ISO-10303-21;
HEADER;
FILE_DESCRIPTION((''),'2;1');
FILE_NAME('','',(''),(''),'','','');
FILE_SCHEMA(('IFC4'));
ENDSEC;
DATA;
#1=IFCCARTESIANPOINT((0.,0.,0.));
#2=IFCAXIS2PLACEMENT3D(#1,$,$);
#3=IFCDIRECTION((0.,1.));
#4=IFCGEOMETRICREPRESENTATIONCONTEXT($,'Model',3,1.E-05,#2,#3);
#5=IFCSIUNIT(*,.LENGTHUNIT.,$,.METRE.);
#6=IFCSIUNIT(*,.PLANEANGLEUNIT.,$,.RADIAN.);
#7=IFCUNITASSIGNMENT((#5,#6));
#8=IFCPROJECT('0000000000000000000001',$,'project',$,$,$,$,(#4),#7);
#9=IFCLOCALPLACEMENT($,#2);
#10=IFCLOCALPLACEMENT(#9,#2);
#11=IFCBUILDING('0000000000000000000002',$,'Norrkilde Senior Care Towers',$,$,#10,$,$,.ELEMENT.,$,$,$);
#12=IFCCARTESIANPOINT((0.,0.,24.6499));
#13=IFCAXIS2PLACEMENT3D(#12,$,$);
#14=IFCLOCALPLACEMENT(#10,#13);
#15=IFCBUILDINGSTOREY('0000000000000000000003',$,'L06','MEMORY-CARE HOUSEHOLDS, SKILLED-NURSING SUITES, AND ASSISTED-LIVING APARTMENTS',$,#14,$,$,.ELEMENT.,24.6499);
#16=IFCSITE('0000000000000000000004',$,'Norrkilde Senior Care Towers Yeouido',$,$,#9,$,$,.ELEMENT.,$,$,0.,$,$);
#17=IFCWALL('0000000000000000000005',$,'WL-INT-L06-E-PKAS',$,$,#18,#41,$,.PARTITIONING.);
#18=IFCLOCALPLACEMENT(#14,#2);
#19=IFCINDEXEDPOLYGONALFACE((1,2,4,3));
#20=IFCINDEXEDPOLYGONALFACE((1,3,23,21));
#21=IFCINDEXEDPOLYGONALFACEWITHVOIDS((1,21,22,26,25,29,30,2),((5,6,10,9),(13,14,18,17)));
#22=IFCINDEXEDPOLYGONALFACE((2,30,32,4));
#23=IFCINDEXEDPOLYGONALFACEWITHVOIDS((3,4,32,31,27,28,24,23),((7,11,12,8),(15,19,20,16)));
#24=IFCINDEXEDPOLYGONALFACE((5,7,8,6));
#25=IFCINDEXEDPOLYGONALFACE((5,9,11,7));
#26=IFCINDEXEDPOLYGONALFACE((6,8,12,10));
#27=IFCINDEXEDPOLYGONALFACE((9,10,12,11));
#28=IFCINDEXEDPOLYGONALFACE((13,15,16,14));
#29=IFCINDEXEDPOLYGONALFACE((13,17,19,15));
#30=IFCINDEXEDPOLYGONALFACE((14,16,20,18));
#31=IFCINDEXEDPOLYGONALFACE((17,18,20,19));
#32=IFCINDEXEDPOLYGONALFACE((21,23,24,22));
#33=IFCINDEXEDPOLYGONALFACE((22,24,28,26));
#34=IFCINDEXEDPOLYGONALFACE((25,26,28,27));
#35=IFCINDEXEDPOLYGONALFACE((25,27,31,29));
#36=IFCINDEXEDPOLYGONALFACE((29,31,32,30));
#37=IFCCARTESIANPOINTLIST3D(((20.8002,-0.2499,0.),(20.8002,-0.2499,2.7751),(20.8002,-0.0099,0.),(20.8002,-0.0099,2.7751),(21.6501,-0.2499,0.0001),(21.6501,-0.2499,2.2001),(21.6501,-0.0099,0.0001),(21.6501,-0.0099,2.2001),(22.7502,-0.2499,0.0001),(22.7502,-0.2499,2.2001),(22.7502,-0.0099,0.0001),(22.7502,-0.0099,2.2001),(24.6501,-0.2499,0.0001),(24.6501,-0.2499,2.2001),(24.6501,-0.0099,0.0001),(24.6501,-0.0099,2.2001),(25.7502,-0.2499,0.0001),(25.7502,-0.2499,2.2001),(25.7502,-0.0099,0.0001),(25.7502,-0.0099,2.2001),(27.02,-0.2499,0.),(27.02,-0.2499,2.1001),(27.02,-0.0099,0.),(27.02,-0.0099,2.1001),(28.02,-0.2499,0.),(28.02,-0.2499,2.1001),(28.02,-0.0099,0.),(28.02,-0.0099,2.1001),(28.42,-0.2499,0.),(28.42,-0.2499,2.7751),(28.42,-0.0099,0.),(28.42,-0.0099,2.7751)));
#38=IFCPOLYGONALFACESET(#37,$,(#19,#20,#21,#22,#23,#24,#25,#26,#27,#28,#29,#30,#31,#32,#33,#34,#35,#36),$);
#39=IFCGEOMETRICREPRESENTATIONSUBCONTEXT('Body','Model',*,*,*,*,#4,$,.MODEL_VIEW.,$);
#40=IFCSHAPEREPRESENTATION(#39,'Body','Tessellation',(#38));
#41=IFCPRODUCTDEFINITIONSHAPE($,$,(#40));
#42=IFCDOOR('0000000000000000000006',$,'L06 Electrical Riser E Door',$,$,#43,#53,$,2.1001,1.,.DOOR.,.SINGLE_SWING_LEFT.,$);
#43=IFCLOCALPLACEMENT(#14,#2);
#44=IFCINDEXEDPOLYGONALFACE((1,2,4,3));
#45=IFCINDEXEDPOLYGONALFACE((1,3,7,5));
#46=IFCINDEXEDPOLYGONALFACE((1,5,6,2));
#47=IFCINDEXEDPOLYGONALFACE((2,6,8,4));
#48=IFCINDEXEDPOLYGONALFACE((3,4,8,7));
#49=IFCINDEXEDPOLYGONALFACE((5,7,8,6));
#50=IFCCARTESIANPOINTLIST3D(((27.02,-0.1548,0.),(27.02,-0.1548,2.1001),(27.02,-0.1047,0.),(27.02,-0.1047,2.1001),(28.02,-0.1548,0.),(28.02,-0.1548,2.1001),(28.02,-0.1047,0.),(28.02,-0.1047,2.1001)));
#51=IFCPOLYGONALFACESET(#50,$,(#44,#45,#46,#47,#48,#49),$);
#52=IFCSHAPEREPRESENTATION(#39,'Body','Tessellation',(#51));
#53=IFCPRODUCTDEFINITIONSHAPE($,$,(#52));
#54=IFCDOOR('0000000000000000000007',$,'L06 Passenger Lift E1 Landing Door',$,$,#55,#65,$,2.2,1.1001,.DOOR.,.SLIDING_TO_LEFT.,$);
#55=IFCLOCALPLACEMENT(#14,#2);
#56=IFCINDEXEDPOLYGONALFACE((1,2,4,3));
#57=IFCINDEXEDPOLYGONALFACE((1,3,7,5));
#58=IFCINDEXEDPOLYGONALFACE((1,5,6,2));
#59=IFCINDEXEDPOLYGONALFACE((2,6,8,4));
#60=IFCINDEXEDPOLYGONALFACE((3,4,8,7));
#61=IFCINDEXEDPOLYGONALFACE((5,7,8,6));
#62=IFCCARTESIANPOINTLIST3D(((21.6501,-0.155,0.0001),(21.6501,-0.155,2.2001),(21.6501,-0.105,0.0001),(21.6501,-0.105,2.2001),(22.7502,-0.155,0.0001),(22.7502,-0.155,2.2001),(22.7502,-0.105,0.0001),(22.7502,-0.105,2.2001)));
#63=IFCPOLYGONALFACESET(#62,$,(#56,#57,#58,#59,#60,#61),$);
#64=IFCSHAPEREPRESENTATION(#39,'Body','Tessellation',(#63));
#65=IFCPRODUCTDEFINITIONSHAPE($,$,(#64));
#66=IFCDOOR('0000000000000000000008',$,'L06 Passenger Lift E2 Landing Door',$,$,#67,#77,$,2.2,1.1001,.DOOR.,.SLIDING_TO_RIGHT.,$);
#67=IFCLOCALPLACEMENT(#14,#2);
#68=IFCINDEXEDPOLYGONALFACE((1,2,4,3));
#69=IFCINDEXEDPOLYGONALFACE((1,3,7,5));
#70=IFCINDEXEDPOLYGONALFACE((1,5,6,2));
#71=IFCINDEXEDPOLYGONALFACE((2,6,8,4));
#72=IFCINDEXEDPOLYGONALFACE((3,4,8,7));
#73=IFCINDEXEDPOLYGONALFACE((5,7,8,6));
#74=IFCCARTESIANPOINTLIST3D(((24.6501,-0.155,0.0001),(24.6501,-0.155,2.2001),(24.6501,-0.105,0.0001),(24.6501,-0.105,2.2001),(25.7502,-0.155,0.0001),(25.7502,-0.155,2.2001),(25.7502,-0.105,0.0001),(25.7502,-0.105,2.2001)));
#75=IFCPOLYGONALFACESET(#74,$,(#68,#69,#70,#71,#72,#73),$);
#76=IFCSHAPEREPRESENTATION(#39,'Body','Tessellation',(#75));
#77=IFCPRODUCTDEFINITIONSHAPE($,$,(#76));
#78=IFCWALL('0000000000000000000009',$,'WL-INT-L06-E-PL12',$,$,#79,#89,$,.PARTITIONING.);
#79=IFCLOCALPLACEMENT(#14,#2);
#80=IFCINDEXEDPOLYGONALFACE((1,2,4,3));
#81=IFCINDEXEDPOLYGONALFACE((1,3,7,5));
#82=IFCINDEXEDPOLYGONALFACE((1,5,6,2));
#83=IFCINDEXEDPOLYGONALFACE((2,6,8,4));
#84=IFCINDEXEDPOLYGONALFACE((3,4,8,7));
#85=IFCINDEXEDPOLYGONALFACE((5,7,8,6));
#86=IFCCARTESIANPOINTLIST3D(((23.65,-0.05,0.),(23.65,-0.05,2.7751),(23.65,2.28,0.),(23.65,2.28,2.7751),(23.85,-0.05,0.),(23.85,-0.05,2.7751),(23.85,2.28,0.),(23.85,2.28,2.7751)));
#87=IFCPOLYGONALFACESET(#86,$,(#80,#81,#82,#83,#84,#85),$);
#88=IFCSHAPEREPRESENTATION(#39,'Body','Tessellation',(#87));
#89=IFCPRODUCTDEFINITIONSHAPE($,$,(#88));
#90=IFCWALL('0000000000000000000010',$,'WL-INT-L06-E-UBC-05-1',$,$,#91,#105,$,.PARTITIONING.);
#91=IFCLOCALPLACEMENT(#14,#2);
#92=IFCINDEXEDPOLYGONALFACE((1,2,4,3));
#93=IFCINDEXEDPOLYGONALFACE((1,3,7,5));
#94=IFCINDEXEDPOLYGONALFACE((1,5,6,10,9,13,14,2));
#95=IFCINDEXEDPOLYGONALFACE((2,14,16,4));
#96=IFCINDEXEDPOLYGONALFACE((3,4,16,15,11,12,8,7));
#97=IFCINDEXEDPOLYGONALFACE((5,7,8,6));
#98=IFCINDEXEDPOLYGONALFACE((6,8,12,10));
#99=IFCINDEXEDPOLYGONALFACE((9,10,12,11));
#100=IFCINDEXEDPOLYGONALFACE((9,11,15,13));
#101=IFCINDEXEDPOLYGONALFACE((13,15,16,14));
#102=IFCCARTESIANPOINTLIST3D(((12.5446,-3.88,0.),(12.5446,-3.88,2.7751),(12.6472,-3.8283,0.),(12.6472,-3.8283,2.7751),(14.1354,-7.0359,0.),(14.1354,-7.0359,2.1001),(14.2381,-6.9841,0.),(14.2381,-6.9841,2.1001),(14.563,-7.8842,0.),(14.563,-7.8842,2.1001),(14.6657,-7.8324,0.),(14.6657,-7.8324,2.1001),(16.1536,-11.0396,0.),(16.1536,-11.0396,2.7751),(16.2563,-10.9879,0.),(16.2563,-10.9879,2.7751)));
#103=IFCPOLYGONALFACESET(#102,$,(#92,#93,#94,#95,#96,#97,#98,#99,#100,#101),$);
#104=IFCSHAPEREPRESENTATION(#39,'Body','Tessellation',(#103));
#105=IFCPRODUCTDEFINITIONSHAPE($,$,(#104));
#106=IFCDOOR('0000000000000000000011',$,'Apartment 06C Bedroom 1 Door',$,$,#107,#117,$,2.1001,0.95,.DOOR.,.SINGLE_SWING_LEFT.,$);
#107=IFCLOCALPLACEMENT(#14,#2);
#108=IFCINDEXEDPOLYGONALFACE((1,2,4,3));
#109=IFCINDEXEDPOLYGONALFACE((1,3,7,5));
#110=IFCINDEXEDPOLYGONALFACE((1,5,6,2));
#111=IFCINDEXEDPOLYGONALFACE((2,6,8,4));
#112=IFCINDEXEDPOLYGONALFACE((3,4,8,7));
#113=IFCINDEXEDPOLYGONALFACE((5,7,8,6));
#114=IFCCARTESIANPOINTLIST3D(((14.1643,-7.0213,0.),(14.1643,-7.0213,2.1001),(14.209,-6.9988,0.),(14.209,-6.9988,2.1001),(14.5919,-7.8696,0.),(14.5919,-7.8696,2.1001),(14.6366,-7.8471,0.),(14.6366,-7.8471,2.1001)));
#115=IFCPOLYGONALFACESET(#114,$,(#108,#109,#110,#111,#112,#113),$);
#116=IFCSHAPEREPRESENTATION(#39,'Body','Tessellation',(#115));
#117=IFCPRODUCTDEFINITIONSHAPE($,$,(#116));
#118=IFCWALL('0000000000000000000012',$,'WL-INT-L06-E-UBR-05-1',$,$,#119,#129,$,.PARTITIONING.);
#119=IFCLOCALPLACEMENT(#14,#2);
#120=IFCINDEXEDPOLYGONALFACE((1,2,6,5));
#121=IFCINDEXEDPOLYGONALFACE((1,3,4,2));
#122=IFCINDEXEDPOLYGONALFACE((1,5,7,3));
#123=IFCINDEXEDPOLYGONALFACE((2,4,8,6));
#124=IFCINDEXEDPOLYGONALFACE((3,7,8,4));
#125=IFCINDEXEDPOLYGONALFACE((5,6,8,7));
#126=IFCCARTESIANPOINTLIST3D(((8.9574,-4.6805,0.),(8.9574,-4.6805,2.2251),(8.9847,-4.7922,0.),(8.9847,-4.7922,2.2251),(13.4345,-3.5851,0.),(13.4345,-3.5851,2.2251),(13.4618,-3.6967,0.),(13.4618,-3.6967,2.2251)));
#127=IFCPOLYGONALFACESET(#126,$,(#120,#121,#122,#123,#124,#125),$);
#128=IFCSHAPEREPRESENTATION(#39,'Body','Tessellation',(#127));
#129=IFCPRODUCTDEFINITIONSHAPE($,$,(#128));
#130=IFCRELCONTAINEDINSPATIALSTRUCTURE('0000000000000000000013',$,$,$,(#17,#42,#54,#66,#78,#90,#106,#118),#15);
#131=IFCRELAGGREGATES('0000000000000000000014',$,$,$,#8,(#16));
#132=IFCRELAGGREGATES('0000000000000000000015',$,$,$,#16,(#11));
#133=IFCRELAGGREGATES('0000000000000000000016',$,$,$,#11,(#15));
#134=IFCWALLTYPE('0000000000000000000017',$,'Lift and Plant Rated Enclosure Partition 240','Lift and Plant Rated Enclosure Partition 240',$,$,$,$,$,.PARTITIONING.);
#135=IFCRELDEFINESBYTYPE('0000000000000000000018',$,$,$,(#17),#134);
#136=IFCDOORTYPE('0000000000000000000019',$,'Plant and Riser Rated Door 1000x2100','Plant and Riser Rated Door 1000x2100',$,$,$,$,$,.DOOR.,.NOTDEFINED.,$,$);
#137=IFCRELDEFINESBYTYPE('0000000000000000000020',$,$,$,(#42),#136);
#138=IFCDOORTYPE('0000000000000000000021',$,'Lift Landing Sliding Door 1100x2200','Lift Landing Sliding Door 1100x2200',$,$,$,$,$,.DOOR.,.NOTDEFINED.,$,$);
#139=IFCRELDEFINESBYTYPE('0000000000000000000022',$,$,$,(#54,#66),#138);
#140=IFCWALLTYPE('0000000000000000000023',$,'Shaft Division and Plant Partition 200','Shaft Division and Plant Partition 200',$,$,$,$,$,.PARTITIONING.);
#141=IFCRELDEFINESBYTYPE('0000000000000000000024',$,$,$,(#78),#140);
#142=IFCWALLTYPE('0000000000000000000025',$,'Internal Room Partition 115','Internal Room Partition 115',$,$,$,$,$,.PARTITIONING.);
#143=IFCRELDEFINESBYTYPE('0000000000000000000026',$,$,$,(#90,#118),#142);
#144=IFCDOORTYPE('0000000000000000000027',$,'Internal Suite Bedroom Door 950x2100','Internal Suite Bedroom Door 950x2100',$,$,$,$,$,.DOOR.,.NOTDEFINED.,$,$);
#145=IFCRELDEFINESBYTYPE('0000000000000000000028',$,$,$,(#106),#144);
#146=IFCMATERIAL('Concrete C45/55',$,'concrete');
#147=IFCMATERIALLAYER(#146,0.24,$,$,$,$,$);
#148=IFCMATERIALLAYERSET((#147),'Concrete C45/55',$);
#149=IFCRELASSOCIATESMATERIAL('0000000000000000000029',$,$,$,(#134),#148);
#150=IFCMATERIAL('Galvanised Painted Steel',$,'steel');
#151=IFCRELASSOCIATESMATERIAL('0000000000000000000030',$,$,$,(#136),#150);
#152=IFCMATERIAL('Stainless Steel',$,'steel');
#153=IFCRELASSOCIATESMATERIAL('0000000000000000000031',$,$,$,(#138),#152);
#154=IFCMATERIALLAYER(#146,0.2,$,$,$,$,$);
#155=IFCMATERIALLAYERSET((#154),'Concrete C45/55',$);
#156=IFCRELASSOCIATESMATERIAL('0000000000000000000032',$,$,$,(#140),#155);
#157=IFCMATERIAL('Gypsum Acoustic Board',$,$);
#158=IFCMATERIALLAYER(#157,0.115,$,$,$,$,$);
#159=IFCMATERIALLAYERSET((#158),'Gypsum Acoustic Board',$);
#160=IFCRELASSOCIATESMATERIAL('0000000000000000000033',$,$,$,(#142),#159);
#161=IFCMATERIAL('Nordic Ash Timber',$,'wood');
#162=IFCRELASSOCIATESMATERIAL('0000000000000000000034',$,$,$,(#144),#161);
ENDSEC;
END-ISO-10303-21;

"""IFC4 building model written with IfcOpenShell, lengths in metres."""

from ifc_helpers import new_model, si_unit, direction, frame, frame_2d, origin, place, context, subcontext, project, spatial, rectangle, extrude, source, transform, mapped, material, layer, layer_set, type_object, type_shapes, element, fill, save


model = new_model("IFC4")

# Units and contexts
model_context = context("Model", 3, precision=1e-05, world=origin(), true_north=direction((0.0, 1.0)))
body_context = subcontext(model_context, "Body", "Model", "MODEL_VIEW")
ifc_project = project(units=[si_unit("LENGTHUNIT", "METRE"), si_unit("PLANEANGLEUNIT", "RADIAN")], contexts=[model_context])

# Site, building, storey
site_placement = place(None, origin())
site = spatial("IfcSite", under=ifc_project, at=site_placement, Name="Norrkilde Senior Care Towers Yeouido", CompositionType="ELEMENT", RefElevation=0.0)
building_placement = place(site_placement, origin())
building = spatial("IfcBuilding", under=site, at=building_placement, Name="Norrkilde Senior Care Towers", CompositionType="ELEMENT")
storey_placement = place(building_placement, frame((0.0, 0.0, 24.6499)))
storey = spatial("IfcBuildingStorey", under=building, at=storey_placement, Name="L06", Description="MEMORY-CARE HOUSEHOLDS, SKILLED-NURSING SUITES, AND ASSISTED-LIVING APARTMENTS", CompositionType="ELEMENT", Elevation=24.6499)

# Shared definitions
ifc_material_1 = material(Name="Galvanised Painted Steel", Category="steel")
ifc_material_2 = material(Name="Concrete C45/55", Category="concrete")

# Wall, openings, doors
ifc_layer_1 = layer(ifc_material_2, 0.24)
ifc_layer_set_1 = layer_set([ifc_layer_1], Name="Concrete C45/55")
wall_type_1 = type_object("IfcWallType", Name="Lift and Plant Rated Enclosure Partition 240", Description="Lift and Plant Rated Enclosure Partition 240", PredefinedType="PARTITIONING", material=ifc_layer_set_1)
shared_shape_1 = source(origin(), body_context, "Body", "SweptSolid", [
    extrude(rectangle(XDim=7.6199, YDim=0.24, at=frame_2d((3.8101, 0.0))), origin(), (0.0, 0.0, 1.0), 2.7751),
])
type_shapes(wall_type_1, [shared_shape_1])
wall_1_placement = place(storey_placement, frame((20.8, -0.1299, 0.0), z_axis=(0.0, 0.0, 1.0), x_axis=(1.0, 0.0, 0.0)))
wall_1 = element("IfcWall", 1, at=wall_1_placement, inside=storey, type_object=wall_type_1, Name="WL-INT-L06-E-PKAS", PredefinedType="PARTITIONING", context=body_context, shape_type="MappedRepresentation", body=[
    mapped(shared_shape_1, transform((0.0, 0.0, 0.0), x_axis=(1.0, 0.0, 0.0), y_axis=(0.0, 1.0, 0.0), z_axis=(0.0, 0.0, 1.0), scale=1.0)),
])
opening_1_placement = place(wall_1_placement, frame((6.22, 0.0, 0.0)))
opening_1 = element("IfcOpeningElement", 2, at=opening_1_placement, cuts=wall_1, PredefinedType="OPENING", context=body_context, shape_type="SweptSolid", body=[
    extrude(rectangle(XDim=1.0, YDim=2.1001, at=frame_2d((0.5, 1.05))), frame((0.0, 0.1299, 0.0), z_axis=(0.0, -1.0, 0.0), x_axis=(1.0, 0.0, 0.0)), (0.0, 0.0, 1.0), 0.26),
])
opening_2_placement = place(wall_1_placement, frame((0.8501, 0.0, 0.0)))
opening_2 = element("IfcOpeningElement", 3, at=opening_2_placement, cuts=wall_1, PredefinedType="OPENING", context=body_context, shape_type="SweptSolid", body=[
    extrude(rectangle(XDim=1.1001, YDim=2.2, at=frame_2d((0.55, 1.1001))), frame((0.0, 0.1299, 0.0), z_axis=(0.0, -1.0, 0.0), x_axis=(1.0, 0.0, 0.0)), (0.0, 0.0, 1.0), 0.26),
])
opening_3_placement = place(wall_1_placement, frame((3.8501, 0.0, 0.0)))
opening_3 = element("IfcOpeningElement", 4, at=opening_3_placement, cuts=wall_1, PredefinedType="OPENING", context=body_context, shape_type="SweptSolid", body=[
    extrude(rectangle(XDim=1.1001, YDim=2.2, at=frame_2d((0.55, 1.1001))), frame((0.0, 0.1299, 0.0), z_axis=(0.0, -1.0, 0.0), x_axis=(1.0, 0.0, 0.0)), (0.0, 0.0, 1.0), 0.26),
])
door_type_1 = type_object("IfcDoorType", Name="Plant and Riser Rated Door 1000x2100", Description="Plant and Riser Rated Door 1000x2100", OperationType="NOTDEFINED", PredefinedType="DOOR", material=ifc_material_1)
shared_shape_2 = source(origin(), body_context, "Body", "SweptSolid", [
    extrude(rectangle(XDim=1.0, YDim=2.1001, at=frame_2d((0.5, 1.05))), frame((0.0, 0.0249, 0.0), z_axis=(0.0, -1.0, 0.0), x_axis=(1.0, 0.0, 0.0)), (0.0, 0.0, 1.0), 0.05),
])
type_shapes(door_type_1, [shared_shape_2])
door_1_placement = place(opening_1_placement, frame((1.0, 0.0, 0.0), z_axis=(0.0, 0.0, 1.0), x_axis=(-1.0, 0.0, 0.0)))
door_1 = element("IfcDoor", 5, at=door_1_placement, inside=storey, type_object=door_type_1, Name="L06 Electrical Riser E Door", OperationType="SINGLE_SWING_LEFT", OverallHeight=2.1001, OverallWidth=1.0, PredefinedType="DOOR", context=body_context, shape_type="MappedRepresentation", body=[
    mapped(shared_shape_2, transform((0.0, 0.0, 0.0), x_axis=(1.0, 0.0, 0.0), y_axis=(0.0, 1.0, 0.0), z_axis=(0.0, 0.0, 1.0), scale=1.0)),
])
fill(opening_1, door_1)
ifc_material_3 = material(Name="Stainless Steel", Category="steel")
door_type_2 = type_object("IfcDoorType", Name="Lift Landing Sliding Door 1100x2200", Description="Lift Landing Sliding Door 1100x2200", OperationType="NOTDEFINED", PredefinedType="DOOR", material=ifc_material_3)
shared_shape_3 = source(origin(), body_context, "Body", "SweptSolid", [
    extrude(rectangle(XDim=1.1001, YDim=2.2, at=frame_2d((0.55, 1.1001))), frame((0.0, 0.0249, 0.0), z_axis=(0.0, -1.0, 0.0), x_axis=(1.0, 0.0, 0.0)), (0.0, 0.0, 1.0), 0.05),
])
type_shapes(door_type_2, [shared_shape_3])
door_2_placement = place(opening_2_placement, origin())
door_2 = element("IfcDoor", 6, at=door_2_placement, inside=storey, type_object=door_type_2, Name="L06 Passenger Lift E1 Landing Door", OperationType="SLIDING_TO_LEFT", OverallHeight=2.2, OverallWidth=1.1001, PredefinedType="DOOR", context=body_context, shape_type="MappedRepresentation", body=[
    mapped(shared_shape_3, transform((0.0, 0.0, 0.0), x_axis=(1.0, 0.0, 0.0), y_axis=(0.0, 1.0, 0.0), z_axis=(0.0, 0.0, 1.0), scale=1.0)),
])
fill(opening_2, door_2)
door_3_placement = place(opening_3_placement, origin())
door_3 = element("IfcDoor", 7, at=door_3_placement, inside=storey, type_object=door_type_2, Name="L06 Passenger Lift E2 Landing Door", OperationType="SLIDING_TO_RIGHT", OverallHeight=2.2, OverallWidth=1.1001, PredefinedType="DOOR", context=body_context, shape_type="MappedRepresentation", body=[
    mapped(shared_shape_3, transform((0.0, 0.0, 0.0), x_axis=(1.0, 0.0, 0.0), y_axis=(0.0, 1.0, 0.0), z_axis=(0.0, 0.0, 1.0), scale=1.0)),
])
fill(opening_3, door_3)

# Wall
ifc_layer_2 = layer(ifc_material_2, 0.2)
ifc_layer_set_2 = layer_set([ifc_layer_2], Name="Concrete C45/55")
wall_type_2 = type_object("IfcWallType", Name="Shaft Division and Plant Partition 200", Description="Shaft Division and Plant Partition 200", PredefinedType="PARTITIONING", material=ifc_layer_set_2)
shared_shape_4 = source(origin(), body_context, "Body", "SweptSolid", [
    extrude(rectangle(XDim=2.3301, YDim=0.2, at=frame_2d((1.165, 0.0))), origin(), (0.0, 0.0, 1.0), 2.7751),
])
type_shapes(wall_type_2, [shared_shape_4])
wall_2_placement = place(storey_placement, frame((23.75, -0.05, 0.0), z_axis=(0.0, 0.0, 1.0), x_axis=(0.0, 1.0, 0.0)))
element("IfcWall", 8, at=wall_2_placement, inside=storey, type_object=wall_type_2, Name="WL-INT-L06-E-PL12", PredefinedType="PARTITIONING", context=body_context, shape_type="MappedRepresentation", body=[
    mapped(shared_shape_4, transform((0.0, 0.0, 0.0), x_axis=(1.0, 0.0, 0.0), y_axis=(0.0, 1.0, 0.0), z_axis=(0.0, 0.0, 1.0), scale=1.0)),
])

# Wall, opening, door
ifc_material_4 = material(Name="Gypsum Acoustic Board")
ifc_layer_3 = layer(ifc_material_4, 0.115)
ifc_layer_set_3 = layer_set([ifc_layer_3], Name="Gypsum Acoustic Board")
wall_type_3 = type_object("IfcWallType", Name="Internal Room Partition 115", Description="Internal Room Partition 115", PredefinedType="PARTITIONING", material=ifc_layer_set_3)
shared_shape_5 = source(origin(), body_context, "Body", "SweptSolid", [
    extrude(rectangle(XDim=8.0178, YDim=0.115, at=frame_2d((4.0088, 0.0))), origin(), (0.0, 0.0, 1.0), 2.7751),
])
wall_3_placement = place(storey_placement, frame((12.5959, -3.8542, 0.0), z_axis=(0.0, 0.0, 1.0), x_axis=(0.450134, -0.892961, 0.0)))
wall_3 = element("IfcWall", 9, at=wall_3_placement, inside=storey, type_object=wall_type_3, Name="WL-INT-L06-E-UBC-05-1", PredefinedType="PARTITIONING", context=body_context, shape_type="MappedRepresentation", body=[
    mapped(shared_shape_5, transform((0.0, 0.0, 0.0), x_axis=(1.0, 0.0, 0.0), y_axis=(0.0, 1.0, 0.0), z_axis=(0.0, 0.0, 1.0), scale=1.0)),
])
opening_4_placement = place(wall_3_placement, frame((3.5339, 0.0, 0.0)))
opening_4 = element("IfcOpeningElement", 10, at=opening_4_placement, cuts=wall_3, PredefinedType="OPENING", context=body_context, shape_type="SweptSolid", body=[
    extrude(rectangle(XDim=0.95, YDim=2.1001, at=frame_2d((0.4751, 1.05))), frame((0.0, 0.0674, 0.0), z_axis=(0.0, -1.0, 0.0), x_axis=(1.0, 0.0, 0.0)), (0.0, 0.0, 1.0), 0.135),
])
ifc_material_5 = material(Name="Nordic Ash Timber", Category="wood")
door_type_3 = type_object("IfcDoorType", Name="Internal Suite Bedroom Door 950x2100", Description="Internal Suite Bedroom Door 950x2100", OperationType="NOTDEFINED", PredefinedType="DOOR", material=ifc_material_5)
shared_shape_6 = source(origin(), body_context, "Body", "SweptSolid", [
    extrude(rectangle(XDim=0.95, YDim=2.1001, at=frame_2d((0.4751, 1.05))), frame((0.0, 0.0249, 0.0), z_axis=(0.0, -1.0, 0.0), x_axis=(1.0, 0.0, 0.0)), (0.0, 0.0, 1.0), 0.05),
])
type_shapes(door_type_3, [shared_shape_6])
door_4_placement = place(opening_4_placement, origin())
door_4 = element("IfcDoor", 11, at=door_4_placement, inside=storey, type_object=door_type_3, Name="Apartment 06C Bedroom 1 Door", OperationType="SINGLE_SWING_LEFT", OverallHeight=2.1001, OverallWidth=0.95, PredefinedType="DOOR", context=body_context, shape_type="MappedRepresentation", body=[
    mapped(shared_shape_6, transform((0.0, 0.0, 0.0), x_axis=(1.0, 0.0, 0.0), y_axis=(0.0, 1.0, 0.0), z_axis=(0.0, 0.0, 1.0), scale=1.0)),
])
fill(opening_4, door_4)

# Wall
shared_shape_7 = source(origin(), body_context, "Body", "SweptSolid", [
    extrude(rectangle(XDim=4.6091, YDim=0.115, at=frame_2d((2.3047, 0.0))), origin(), (0.0, 0.0, 1.0), 2.2251),
])
type_shapes(wall_type_3, [shared_shape_5, shared_shape_7])
wall_4_placement = place(storey_placement, frame((13.4482, -3.6409, 0.0), z_axis=(0.0, 0.0, 1.0), x_axis=(-0.971345, -0.237672, 0.0)))
element("IfcWall", 12, at=wall_4_placement, inside=storey, type_object=wall_type_3, Name="WL-INT-L06-E-UBR-05-1", PredefinedType="PARTITIONING", context=body_context, shape_type="MappedRepresentation", body=[
    mapped(shared_shape_7, transform((0.0, 0.0, 0.0), x_axis=(1.0, 0.0, 0.0), y_axis=(0.0, 1.0, 0.0), z_axis=(0.0, 0.0, 1.0), scale=1.0)),
])

save(model, "model.ifc")
